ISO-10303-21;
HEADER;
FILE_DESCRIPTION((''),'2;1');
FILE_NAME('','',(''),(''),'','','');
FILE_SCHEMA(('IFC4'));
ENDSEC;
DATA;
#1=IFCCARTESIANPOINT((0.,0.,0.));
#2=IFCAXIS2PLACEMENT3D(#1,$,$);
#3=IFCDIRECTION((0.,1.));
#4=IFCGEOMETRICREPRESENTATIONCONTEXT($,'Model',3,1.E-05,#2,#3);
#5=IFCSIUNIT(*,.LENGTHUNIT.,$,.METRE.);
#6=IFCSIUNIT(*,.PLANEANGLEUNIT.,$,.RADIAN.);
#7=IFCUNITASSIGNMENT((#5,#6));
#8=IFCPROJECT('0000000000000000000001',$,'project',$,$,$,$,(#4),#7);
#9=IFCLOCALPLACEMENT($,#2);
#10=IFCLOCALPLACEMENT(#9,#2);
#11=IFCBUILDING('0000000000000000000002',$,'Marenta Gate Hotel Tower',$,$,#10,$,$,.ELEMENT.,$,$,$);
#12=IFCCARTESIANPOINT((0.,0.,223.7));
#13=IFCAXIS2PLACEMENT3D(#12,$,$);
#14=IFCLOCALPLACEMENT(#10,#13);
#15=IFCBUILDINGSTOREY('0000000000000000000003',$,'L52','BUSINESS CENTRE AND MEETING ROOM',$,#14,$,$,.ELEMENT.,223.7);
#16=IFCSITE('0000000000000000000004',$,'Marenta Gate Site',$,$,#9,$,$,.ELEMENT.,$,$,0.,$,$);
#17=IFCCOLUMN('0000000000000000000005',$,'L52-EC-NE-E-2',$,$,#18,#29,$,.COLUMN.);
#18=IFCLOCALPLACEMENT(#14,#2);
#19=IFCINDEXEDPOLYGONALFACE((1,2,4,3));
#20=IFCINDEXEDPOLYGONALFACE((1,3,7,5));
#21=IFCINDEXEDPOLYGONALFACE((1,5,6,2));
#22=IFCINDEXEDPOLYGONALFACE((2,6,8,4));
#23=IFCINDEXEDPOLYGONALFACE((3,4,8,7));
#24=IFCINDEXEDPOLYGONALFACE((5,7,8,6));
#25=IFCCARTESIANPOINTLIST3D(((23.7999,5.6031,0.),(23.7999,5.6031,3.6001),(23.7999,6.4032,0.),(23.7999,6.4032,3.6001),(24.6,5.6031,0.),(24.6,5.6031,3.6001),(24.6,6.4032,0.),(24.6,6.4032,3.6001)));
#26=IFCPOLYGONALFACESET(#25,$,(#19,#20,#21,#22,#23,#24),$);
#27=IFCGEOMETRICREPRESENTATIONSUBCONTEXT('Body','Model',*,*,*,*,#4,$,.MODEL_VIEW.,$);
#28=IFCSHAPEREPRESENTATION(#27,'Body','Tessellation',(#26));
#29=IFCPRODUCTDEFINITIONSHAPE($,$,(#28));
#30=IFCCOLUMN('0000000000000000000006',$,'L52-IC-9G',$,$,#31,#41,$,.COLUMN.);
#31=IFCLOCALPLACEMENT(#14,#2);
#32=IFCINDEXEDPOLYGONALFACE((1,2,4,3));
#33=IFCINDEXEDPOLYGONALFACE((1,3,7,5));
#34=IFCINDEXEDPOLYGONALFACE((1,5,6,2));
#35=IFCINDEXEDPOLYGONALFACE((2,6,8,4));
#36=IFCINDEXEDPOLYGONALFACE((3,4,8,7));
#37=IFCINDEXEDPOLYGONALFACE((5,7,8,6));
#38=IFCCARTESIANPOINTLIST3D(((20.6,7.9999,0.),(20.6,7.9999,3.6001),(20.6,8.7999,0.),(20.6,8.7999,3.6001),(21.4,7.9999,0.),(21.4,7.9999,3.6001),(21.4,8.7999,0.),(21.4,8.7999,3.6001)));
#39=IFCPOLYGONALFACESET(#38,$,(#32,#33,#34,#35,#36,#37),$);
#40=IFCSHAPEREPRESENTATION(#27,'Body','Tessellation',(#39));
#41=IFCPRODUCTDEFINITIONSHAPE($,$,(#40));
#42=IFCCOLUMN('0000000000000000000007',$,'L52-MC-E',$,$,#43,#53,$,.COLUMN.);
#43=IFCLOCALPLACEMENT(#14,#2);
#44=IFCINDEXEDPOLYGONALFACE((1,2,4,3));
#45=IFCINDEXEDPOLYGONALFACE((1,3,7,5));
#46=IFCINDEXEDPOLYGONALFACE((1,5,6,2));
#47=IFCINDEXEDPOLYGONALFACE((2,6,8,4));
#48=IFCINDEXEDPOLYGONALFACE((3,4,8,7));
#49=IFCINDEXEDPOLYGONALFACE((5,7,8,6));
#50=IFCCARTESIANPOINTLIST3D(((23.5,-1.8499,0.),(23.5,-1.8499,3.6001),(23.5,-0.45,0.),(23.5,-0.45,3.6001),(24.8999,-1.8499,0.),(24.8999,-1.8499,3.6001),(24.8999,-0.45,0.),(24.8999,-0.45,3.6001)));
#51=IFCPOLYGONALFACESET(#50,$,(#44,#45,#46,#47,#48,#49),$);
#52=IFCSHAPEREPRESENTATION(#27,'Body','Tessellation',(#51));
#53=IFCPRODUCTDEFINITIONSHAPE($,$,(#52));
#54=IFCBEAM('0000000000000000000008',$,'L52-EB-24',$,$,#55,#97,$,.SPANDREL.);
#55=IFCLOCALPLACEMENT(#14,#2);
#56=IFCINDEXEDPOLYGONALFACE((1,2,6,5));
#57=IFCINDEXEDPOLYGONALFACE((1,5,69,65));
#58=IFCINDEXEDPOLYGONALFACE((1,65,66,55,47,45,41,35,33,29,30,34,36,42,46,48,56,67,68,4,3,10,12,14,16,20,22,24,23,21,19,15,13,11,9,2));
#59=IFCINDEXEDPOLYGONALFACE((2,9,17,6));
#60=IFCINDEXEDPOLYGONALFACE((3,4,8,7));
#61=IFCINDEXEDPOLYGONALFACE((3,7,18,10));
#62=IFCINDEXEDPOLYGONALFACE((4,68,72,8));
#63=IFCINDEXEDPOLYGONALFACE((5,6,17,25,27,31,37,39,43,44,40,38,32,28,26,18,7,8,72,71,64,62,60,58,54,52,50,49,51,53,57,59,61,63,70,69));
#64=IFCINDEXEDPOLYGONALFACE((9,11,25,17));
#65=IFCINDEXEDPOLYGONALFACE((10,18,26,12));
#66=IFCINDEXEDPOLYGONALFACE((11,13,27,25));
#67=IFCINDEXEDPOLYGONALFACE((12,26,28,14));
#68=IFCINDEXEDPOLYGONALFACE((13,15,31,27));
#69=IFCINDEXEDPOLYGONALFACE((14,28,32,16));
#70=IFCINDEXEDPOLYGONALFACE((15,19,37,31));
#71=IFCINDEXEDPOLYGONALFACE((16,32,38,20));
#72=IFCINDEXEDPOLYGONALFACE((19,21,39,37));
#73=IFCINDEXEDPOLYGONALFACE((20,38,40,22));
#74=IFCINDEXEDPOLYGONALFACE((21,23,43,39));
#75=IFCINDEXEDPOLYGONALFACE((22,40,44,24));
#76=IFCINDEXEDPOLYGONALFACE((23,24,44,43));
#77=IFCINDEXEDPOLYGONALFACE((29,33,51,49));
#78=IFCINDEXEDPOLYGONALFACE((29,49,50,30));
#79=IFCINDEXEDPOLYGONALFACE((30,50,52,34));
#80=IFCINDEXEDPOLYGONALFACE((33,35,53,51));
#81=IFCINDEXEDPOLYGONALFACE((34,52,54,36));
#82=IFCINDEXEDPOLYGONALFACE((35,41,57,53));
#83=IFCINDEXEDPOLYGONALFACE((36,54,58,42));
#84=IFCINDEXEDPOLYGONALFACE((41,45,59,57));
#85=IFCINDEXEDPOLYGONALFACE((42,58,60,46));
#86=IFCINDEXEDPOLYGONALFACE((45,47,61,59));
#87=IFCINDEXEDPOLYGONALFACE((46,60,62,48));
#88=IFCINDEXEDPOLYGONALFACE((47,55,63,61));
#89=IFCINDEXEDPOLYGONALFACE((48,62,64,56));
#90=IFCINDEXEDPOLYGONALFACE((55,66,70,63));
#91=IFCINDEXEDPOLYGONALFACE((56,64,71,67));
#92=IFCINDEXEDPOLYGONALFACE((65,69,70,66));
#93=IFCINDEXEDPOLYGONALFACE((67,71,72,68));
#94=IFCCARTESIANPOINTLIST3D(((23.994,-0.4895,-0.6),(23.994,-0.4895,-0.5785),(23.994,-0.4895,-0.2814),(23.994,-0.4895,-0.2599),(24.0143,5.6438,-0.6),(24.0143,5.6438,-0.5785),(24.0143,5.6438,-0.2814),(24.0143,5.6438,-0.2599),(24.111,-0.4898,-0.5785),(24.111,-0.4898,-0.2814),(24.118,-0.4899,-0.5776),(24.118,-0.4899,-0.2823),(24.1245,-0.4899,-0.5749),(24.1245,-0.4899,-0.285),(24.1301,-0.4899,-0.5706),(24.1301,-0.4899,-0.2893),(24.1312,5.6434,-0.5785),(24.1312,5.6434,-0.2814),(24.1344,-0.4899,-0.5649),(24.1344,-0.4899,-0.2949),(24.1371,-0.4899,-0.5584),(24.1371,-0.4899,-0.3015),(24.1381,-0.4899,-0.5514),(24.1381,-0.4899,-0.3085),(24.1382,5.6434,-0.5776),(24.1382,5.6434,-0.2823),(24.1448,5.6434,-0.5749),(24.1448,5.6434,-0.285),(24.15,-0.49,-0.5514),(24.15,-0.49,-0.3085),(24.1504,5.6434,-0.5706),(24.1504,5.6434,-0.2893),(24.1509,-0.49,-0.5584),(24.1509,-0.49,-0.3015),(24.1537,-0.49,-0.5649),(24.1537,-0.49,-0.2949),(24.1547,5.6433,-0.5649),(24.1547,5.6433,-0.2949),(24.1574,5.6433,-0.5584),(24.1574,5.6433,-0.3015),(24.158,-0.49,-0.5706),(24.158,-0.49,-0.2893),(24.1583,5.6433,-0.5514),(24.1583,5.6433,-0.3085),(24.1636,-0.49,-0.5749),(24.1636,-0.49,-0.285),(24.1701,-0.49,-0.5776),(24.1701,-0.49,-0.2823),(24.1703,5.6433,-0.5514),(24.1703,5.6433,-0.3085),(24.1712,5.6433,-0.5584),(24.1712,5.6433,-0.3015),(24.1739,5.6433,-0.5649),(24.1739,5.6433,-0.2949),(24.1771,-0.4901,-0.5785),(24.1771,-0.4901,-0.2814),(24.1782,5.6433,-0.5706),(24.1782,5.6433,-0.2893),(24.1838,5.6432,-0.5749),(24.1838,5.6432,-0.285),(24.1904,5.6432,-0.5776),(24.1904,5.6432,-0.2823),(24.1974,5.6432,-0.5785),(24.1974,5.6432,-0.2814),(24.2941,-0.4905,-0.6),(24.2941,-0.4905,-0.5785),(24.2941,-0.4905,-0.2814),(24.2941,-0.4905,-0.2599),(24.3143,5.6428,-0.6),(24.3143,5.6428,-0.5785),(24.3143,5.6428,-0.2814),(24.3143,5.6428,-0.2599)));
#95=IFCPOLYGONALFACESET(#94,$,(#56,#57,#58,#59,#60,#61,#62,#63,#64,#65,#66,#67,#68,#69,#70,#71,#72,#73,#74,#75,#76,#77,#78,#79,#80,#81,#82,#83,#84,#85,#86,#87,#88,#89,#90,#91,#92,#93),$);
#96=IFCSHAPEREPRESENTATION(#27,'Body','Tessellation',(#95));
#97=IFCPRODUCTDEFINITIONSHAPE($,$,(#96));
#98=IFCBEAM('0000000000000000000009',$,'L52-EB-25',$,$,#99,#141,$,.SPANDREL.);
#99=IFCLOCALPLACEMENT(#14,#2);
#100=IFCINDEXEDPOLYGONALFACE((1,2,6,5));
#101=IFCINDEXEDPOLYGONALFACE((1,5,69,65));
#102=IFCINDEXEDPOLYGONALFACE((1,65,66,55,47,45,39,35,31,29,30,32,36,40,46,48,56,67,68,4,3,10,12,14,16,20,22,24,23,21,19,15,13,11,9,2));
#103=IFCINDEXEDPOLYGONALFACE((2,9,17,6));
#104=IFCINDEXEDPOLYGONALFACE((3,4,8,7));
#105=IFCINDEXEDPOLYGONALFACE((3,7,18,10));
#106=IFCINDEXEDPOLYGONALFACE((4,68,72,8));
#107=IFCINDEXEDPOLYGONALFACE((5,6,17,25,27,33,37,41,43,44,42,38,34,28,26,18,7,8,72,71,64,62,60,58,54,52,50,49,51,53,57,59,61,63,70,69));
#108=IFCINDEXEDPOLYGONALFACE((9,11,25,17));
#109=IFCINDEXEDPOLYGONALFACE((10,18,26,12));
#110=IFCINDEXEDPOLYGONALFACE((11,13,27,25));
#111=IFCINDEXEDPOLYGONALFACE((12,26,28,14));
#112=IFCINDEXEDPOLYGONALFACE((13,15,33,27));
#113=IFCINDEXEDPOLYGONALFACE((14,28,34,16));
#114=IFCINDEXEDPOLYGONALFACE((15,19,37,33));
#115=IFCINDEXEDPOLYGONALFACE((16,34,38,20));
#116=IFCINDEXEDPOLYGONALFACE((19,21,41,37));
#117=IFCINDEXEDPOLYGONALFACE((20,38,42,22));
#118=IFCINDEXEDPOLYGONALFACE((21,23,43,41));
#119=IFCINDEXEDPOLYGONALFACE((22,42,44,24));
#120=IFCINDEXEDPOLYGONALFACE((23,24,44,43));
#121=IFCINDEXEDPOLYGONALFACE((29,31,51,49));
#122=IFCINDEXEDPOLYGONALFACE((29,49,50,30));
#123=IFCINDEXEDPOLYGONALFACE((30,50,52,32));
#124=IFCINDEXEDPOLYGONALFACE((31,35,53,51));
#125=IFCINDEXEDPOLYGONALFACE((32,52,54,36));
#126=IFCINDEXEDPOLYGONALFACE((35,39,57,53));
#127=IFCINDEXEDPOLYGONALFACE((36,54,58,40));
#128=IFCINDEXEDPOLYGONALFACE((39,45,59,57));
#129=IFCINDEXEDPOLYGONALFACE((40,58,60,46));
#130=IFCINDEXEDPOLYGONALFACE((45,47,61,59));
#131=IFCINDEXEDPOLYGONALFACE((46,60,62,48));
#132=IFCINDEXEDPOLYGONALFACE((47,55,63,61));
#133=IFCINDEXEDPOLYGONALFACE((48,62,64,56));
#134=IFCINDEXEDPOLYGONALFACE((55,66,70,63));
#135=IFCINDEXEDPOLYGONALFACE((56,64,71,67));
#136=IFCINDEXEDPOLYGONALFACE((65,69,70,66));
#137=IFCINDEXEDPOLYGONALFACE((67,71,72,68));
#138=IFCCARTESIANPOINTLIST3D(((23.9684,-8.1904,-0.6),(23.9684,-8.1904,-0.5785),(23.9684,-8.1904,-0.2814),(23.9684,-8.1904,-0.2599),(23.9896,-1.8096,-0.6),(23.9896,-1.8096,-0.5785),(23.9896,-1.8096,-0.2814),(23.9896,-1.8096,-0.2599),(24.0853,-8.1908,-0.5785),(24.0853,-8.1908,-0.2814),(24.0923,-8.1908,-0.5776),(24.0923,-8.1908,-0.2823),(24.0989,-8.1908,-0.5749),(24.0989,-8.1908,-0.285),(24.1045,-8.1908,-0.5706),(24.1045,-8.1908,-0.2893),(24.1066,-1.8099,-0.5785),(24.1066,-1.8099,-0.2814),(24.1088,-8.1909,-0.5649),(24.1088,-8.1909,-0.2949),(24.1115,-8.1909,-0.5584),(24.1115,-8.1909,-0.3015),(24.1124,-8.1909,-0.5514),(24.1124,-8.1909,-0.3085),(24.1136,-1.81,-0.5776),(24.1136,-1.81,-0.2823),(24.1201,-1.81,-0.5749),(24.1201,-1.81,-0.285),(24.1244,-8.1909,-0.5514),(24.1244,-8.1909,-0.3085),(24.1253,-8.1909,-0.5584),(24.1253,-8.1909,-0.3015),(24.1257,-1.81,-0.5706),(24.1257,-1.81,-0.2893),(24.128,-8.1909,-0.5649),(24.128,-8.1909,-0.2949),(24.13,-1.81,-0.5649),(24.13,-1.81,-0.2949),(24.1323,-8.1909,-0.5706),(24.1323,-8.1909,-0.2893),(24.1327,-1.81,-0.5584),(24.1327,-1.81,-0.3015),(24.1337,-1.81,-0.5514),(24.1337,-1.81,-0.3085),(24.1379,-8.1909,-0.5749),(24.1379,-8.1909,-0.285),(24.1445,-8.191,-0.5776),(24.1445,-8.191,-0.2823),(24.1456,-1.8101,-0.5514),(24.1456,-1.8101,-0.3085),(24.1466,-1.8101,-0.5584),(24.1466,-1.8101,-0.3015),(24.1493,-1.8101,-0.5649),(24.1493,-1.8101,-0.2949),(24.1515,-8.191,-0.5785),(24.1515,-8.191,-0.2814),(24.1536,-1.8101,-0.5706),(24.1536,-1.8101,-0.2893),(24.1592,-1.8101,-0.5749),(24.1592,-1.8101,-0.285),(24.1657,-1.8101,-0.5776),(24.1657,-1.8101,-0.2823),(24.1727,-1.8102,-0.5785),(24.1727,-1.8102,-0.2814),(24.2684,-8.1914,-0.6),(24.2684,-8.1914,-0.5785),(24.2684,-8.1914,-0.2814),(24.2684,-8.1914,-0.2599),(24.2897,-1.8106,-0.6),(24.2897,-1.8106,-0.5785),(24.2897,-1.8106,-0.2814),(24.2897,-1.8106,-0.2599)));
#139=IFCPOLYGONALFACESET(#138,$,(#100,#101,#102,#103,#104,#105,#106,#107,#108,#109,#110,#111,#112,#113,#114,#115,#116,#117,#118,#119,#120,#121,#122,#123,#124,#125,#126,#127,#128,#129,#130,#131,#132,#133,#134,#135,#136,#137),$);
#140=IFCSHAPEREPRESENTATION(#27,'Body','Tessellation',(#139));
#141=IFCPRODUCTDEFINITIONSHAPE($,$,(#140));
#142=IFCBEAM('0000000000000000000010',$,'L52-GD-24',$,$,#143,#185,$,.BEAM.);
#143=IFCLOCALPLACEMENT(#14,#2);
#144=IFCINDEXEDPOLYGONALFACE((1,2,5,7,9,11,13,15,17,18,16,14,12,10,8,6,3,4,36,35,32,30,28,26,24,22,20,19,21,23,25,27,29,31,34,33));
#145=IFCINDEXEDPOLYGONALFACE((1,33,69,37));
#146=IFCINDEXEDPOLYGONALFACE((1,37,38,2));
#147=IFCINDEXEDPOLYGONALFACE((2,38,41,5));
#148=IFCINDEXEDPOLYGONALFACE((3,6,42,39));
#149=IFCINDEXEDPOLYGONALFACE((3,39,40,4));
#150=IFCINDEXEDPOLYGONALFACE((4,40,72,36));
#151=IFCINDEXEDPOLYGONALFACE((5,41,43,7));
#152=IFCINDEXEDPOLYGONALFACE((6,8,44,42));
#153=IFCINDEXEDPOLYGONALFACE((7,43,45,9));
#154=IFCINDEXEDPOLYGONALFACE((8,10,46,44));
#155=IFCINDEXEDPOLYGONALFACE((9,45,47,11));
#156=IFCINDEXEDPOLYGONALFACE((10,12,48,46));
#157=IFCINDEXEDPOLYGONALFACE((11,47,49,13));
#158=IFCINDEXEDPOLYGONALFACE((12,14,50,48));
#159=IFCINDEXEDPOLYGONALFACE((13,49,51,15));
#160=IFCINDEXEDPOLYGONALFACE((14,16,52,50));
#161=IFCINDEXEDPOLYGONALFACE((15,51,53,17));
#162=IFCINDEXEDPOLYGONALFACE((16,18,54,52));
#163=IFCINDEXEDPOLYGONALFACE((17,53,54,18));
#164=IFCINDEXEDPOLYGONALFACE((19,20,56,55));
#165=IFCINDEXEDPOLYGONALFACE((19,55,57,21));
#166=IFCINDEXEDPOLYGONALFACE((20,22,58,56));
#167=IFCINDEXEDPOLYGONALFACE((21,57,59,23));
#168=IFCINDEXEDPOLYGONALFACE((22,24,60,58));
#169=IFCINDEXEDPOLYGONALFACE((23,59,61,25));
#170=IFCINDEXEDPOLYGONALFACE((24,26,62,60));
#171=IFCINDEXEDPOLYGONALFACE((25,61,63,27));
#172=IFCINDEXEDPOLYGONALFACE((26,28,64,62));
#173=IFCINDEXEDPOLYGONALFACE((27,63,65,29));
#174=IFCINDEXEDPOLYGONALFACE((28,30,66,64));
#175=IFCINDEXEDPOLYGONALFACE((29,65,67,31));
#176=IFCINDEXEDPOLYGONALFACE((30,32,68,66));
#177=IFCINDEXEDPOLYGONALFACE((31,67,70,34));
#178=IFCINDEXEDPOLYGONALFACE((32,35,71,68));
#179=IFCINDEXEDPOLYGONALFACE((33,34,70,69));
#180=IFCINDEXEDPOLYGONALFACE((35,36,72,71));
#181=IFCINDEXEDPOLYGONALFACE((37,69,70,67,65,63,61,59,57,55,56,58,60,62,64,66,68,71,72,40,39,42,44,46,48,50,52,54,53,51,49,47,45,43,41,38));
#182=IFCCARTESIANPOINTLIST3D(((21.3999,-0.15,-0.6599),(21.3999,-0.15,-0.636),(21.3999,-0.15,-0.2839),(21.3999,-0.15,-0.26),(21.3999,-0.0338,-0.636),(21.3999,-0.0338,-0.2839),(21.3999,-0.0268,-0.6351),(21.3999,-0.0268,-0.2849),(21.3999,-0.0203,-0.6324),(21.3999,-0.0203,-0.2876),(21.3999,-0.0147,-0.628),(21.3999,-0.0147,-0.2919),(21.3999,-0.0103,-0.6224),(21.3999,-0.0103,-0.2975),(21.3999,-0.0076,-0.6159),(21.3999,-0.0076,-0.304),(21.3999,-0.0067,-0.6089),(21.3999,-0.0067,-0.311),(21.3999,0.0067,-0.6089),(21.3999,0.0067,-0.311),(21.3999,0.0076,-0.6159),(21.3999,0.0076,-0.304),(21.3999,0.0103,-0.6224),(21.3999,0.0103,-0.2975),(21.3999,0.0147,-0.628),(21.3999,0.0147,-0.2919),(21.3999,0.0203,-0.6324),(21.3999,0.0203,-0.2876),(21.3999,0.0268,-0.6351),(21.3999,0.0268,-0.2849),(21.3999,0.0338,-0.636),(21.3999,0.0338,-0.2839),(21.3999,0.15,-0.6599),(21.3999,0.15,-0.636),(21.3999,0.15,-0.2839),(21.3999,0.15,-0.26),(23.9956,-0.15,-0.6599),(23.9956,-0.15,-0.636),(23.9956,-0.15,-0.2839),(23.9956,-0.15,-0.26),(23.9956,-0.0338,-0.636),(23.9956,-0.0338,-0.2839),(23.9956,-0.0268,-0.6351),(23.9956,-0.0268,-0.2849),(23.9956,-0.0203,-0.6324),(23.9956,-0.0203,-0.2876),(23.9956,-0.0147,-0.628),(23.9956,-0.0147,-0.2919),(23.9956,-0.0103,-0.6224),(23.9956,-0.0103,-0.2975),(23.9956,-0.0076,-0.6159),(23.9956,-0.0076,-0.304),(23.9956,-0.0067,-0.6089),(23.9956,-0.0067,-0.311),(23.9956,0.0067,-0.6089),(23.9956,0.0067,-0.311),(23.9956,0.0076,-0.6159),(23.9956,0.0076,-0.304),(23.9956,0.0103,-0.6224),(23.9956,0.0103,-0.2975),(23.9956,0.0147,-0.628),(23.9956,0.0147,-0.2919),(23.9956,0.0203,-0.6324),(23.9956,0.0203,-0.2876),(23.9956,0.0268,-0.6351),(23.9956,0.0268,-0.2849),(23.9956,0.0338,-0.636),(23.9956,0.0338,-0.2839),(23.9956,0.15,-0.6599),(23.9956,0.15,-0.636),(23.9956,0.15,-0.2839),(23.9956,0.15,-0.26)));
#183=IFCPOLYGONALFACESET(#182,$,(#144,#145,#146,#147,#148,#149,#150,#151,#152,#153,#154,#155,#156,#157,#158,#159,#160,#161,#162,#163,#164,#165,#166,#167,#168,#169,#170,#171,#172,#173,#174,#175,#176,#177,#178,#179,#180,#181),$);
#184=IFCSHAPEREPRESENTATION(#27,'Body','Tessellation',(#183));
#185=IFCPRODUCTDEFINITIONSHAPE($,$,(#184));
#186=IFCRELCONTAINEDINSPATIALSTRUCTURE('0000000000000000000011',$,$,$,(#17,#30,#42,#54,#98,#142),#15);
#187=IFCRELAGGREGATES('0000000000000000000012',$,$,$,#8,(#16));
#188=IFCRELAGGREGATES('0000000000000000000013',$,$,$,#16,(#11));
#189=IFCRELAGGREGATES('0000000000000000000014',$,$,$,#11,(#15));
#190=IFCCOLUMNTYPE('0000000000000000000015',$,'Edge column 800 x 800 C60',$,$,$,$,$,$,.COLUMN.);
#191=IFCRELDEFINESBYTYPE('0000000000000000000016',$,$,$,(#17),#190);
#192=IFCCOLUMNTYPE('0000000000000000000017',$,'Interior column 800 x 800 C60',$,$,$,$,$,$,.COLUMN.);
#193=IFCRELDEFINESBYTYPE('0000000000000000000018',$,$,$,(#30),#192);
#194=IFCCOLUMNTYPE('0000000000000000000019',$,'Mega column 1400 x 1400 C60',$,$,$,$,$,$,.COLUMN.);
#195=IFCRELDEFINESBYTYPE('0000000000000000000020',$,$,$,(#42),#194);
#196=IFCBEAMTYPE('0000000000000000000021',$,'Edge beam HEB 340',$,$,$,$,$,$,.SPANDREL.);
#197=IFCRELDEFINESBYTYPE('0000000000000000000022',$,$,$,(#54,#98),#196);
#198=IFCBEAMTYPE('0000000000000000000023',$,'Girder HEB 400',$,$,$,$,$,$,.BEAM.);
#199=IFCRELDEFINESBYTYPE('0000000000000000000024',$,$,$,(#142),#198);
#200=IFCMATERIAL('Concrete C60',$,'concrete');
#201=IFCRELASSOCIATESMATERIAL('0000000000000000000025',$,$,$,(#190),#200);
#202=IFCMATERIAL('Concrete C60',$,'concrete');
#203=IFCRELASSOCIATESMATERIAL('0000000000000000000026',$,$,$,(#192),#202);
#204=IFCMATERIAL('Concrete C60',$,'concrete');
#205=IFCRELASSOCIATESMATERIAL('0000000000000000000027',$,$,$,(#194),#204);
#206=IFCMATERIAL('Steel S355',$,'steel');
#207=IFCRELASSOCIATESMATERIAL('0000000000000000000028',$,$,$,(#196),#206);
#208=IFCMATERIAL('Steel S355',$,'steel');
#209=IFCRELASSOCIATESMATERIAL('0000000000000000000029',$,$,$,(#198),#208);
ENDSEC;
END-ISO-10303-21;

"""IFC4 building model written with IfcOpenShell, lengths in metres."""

from ifc_helpers import new_model, si_unit, direction, frame, origin, origin_2d, place, context, subcontext, project, spatial, rectangle, i_section, extrude, material, material_profile, profile_set, type_object, element, save


model = new_model("IFC4")

# Units and contexts
model_context = context("Model", 3, precision=1e-05, world=origin(), true_north=direction((0.0, 1.0)))
body_context = subcontext(model_context, "Body", "Model", "MODEL_VIEW")
ifc_project = project(units=[si_unit("LENGTHUNIT", "METRE"), si_unit("PLANEANGLEUNIT", "RADIAN")], contexts=[model_context])

# Site, building, storey
site_placement = place(None, origin())
site = spatial("IfcSite", under=ifc_project, at=site_placement, Name="Marenta Gate Site", CompositionType="ELEMENT", RefElevation=0.0)
building_placement = place(site_placement, origin())
building = spatial("IfcBuilding", under=site, at=building_placement, Name="Marenta Gate Hotel Tower", CompositionType="ELEMENT")
storey_placement = place(building_placement, frame((0.0, 0.0, 223.7)))
storey = spatial("IfcBuildingStorey", under=building, at=storey_placement, Name="L52", Description="BUSINESS CENTRE AND MEETING ROOM", CompositionType="ELEMENT", Elevation=223.7)

# Columns
ifc_material_1 = material(Name="Concrete C60", Category="concrete")
ifc_material_profile_1 = material_profile(ifc_material_1, rectangle(XDim=0.8, YDim=0.8, at=origin_2d()), Name="800 x 800")
ifc_profile_set_1 = profile_set([ifc_material_profile_1], Name="Concrete C60")
column_type_1 = type_object("IfcColumnType", Name="Edge column 800 x 800 C60", PredefinedType="COLUMN", material=ifc_profile_set_1)
column_1_placement = place(storey_placement, frame((24.2, 6.0032, 0.0), z_axis=(0.0, 0.0, 1.0), x_axis=(1.0, 0.0, 0.0)))
element("IfcColumn", 1, at=column_1_placement, inside=storey, type_object=column_type_1, Name="L52-EC-NE-E-2", PredefinedType="COLUMN", context=body_context, shape_type="SweptSolid", body=[
    extrude(rectangle(XDim=0.8, YDim=0.8, at=origin_2d()), origin(), (0.0, 0.0, 1.0), 3.6001),
])
ifc_material_2 = material(Name="Concrete C60", Category="concrete")
ifc_material_profile_2 = material_profile(ifc_material_2, rectangle(XDim=0.8, YDim=0.8, at=origin_2d()), Name="800 x 800")
ifc_profile_set_2 = profile_set([ifc_material_profile_2], Name="Concrete C60")
column_type_2 = type_object("IfcColumnType", Name="Interior column 800 x 800 C60", PredefinedType="COLUMN", material=ifc_profile_set_2)
column_2_placement = place(storey_placement, frame((21.0, 8.3999, 0.0), z_axis=(0.0, 0.0, 1.0), x_axis=(1.0, 0.0, 0.0)))
element("IfcColumn", 2, at=column_2_placement, inside=storey, type_object=column_type_2, Name="L52-IC-9G", PredefinedType="COLUMN", context=body_context, shape_type="SweptSolid", body=[
    extrude(rectangle(XDim=0.8, YDim=0.8, at=origin_2d()), origin(), (0.0, 0.0, 1.0), 3.6001),
])
ifc_material_3 = material(Name="Concrete C60", Category="concrete")
ifc_material_profile_3 = material_profile(ifc_material_3, rectangle(XDim=1.3999, YDim=1.3999, at=origin_2d()), Name="1400 x 1400")
ifc_profile_set_3 = profile_set([ifc_material_profile_3], Name="Concrete C60")
column_type_3 = type_object("IfcColumnType", Name="Mega column 1400 x 1400 C60", PredefinedType="COLUMN", material=ifc_profile_set_3)
column_3_placement = place(storey_placement, frame((24.2, -1.1499, 0.0), z_axis=(0.0, 0.0, 1.0), x_axis=(1.0, 0.0, 0.0)))
element("IfcColumn", 3, at=column_3_placement, inside=storey, type_object=column_type_3, Name="L52-MC-E", PredefinedType="COLUMN", context=body_context, shape_type="SweptSolid", body=[
    extrude(rectangle(XDim=1.3999, YDim=1.3999, at=origin_2d()), origin(), (0.0, 0.0, 1.0), 3.6001),
])

# Beams
ifc_material_4 = material(Name="Steel S355", Category="steel")
ifc_material_profile_4 = material_profile(ifc_material_4, i_section(OverallWidth=0.3, OverallDepth=0.3401, WebThickness=0.012, FlangeThickness=0.0215, FilletRadius=0.0271, at=origin_2d()), Name="HEB 340")
ifc_profile_set_4 = profile_set([ifc_material_profile_4], Name="Steel S355")
beam_type_1 = type_object("IfcBeamType", Name="Edge beam HEB 340", PredefinedType="SPANDREL", material=ifc_profile_set_4)
beam_1_placement = place(storey_placement, frame((24.1643, 5.6433, -0.4299), z_axis=(-0.003304, -0.999995, 0.0), x_axis=(0.999995, -0.003304, 0.0)))
element("IfcBeam", 4, at=beam_1_placement, inside=storey, type_object=beam_type_1, Name="L52-EB-24", PredefinedType="SPANDREL", context=body_context, shape_type="SweptSolid", body=[
    extrude(i_section(OverallWidth=0.3, OverallDepth=0.3401, WebThickness=0.012, FlangeThickness=0.0215, FilletRadius=0.0271, at=origin_2d()), origin(), (0.0, 0.0, 1.0), 6.1333),
])
beam_2_placement = place(storey_placement, frame((24.1396, -1.8101, -0.4299), z_axis=(-0.003329, -0.999994, 0.0), x_axis=(0.999994, -0.003329, 0.0)))
element("IfcBeam", 5, at=beam_2_placement, inside=storey, type_object=beam_type_1, Name="L52-EB-25", PredefinedType="SPANDREL", context=body_context, shape_type="SweptSolid", body=[
    extrude(i_section(OverallWidth=0.3, OverallDepth=0.3401, WebThickness=0.012, FlangeThickness=0.0215, FilletRadius=0.0271, at=origin_2d()), origin(), (0.0, 0.0, 1.0), 6.3809),
])
ifc_material_5 = material(Name="Steel S355", Category="steel")
ifc_material_profile_5 = material_profile(ifc_material_5, i_section(OverallWidth=0.3, OverallDepth=0.3999, WebThickness=0.0134, FlangeThickness=0.0239, FilletRadius=0.0271, at=origin_2d()), Name="HEB 400")
ifc_profile_set_5 = profile_set([ifc_material_profile_5], Name="Steel S355")
beam_type_2 = type_object("IfcBeamType", Name="Girder HEB 400", PredefinedType="BEAM", material=ifc_profile_set_5)
beam_3_placement = place(storey_placement, frame((21.3999, 0.0, -0.46), z_axis=(1.0, 0.0, 0.0), x_axis=(0.0, 1.0, 0.0)))
element("IfcBeam", 6, at=beam_3_placement, inside=storey, type_object=beam_type_2, Name="L52-GD-24", PredefinedType="BEAM", context=body_context, shape_type="SweptSolid", body=[
    extrude(i_section(OverallWidth=0.3, OverallDepth=0.3999, WebThickness=0.0134, FlangeThickness=0.0239, FilletRadius=0.0271, at=origin_2d()), origin(), (0.0, 0.0, 1.0), 2.5957),
])

save(model, "model.ifc")
